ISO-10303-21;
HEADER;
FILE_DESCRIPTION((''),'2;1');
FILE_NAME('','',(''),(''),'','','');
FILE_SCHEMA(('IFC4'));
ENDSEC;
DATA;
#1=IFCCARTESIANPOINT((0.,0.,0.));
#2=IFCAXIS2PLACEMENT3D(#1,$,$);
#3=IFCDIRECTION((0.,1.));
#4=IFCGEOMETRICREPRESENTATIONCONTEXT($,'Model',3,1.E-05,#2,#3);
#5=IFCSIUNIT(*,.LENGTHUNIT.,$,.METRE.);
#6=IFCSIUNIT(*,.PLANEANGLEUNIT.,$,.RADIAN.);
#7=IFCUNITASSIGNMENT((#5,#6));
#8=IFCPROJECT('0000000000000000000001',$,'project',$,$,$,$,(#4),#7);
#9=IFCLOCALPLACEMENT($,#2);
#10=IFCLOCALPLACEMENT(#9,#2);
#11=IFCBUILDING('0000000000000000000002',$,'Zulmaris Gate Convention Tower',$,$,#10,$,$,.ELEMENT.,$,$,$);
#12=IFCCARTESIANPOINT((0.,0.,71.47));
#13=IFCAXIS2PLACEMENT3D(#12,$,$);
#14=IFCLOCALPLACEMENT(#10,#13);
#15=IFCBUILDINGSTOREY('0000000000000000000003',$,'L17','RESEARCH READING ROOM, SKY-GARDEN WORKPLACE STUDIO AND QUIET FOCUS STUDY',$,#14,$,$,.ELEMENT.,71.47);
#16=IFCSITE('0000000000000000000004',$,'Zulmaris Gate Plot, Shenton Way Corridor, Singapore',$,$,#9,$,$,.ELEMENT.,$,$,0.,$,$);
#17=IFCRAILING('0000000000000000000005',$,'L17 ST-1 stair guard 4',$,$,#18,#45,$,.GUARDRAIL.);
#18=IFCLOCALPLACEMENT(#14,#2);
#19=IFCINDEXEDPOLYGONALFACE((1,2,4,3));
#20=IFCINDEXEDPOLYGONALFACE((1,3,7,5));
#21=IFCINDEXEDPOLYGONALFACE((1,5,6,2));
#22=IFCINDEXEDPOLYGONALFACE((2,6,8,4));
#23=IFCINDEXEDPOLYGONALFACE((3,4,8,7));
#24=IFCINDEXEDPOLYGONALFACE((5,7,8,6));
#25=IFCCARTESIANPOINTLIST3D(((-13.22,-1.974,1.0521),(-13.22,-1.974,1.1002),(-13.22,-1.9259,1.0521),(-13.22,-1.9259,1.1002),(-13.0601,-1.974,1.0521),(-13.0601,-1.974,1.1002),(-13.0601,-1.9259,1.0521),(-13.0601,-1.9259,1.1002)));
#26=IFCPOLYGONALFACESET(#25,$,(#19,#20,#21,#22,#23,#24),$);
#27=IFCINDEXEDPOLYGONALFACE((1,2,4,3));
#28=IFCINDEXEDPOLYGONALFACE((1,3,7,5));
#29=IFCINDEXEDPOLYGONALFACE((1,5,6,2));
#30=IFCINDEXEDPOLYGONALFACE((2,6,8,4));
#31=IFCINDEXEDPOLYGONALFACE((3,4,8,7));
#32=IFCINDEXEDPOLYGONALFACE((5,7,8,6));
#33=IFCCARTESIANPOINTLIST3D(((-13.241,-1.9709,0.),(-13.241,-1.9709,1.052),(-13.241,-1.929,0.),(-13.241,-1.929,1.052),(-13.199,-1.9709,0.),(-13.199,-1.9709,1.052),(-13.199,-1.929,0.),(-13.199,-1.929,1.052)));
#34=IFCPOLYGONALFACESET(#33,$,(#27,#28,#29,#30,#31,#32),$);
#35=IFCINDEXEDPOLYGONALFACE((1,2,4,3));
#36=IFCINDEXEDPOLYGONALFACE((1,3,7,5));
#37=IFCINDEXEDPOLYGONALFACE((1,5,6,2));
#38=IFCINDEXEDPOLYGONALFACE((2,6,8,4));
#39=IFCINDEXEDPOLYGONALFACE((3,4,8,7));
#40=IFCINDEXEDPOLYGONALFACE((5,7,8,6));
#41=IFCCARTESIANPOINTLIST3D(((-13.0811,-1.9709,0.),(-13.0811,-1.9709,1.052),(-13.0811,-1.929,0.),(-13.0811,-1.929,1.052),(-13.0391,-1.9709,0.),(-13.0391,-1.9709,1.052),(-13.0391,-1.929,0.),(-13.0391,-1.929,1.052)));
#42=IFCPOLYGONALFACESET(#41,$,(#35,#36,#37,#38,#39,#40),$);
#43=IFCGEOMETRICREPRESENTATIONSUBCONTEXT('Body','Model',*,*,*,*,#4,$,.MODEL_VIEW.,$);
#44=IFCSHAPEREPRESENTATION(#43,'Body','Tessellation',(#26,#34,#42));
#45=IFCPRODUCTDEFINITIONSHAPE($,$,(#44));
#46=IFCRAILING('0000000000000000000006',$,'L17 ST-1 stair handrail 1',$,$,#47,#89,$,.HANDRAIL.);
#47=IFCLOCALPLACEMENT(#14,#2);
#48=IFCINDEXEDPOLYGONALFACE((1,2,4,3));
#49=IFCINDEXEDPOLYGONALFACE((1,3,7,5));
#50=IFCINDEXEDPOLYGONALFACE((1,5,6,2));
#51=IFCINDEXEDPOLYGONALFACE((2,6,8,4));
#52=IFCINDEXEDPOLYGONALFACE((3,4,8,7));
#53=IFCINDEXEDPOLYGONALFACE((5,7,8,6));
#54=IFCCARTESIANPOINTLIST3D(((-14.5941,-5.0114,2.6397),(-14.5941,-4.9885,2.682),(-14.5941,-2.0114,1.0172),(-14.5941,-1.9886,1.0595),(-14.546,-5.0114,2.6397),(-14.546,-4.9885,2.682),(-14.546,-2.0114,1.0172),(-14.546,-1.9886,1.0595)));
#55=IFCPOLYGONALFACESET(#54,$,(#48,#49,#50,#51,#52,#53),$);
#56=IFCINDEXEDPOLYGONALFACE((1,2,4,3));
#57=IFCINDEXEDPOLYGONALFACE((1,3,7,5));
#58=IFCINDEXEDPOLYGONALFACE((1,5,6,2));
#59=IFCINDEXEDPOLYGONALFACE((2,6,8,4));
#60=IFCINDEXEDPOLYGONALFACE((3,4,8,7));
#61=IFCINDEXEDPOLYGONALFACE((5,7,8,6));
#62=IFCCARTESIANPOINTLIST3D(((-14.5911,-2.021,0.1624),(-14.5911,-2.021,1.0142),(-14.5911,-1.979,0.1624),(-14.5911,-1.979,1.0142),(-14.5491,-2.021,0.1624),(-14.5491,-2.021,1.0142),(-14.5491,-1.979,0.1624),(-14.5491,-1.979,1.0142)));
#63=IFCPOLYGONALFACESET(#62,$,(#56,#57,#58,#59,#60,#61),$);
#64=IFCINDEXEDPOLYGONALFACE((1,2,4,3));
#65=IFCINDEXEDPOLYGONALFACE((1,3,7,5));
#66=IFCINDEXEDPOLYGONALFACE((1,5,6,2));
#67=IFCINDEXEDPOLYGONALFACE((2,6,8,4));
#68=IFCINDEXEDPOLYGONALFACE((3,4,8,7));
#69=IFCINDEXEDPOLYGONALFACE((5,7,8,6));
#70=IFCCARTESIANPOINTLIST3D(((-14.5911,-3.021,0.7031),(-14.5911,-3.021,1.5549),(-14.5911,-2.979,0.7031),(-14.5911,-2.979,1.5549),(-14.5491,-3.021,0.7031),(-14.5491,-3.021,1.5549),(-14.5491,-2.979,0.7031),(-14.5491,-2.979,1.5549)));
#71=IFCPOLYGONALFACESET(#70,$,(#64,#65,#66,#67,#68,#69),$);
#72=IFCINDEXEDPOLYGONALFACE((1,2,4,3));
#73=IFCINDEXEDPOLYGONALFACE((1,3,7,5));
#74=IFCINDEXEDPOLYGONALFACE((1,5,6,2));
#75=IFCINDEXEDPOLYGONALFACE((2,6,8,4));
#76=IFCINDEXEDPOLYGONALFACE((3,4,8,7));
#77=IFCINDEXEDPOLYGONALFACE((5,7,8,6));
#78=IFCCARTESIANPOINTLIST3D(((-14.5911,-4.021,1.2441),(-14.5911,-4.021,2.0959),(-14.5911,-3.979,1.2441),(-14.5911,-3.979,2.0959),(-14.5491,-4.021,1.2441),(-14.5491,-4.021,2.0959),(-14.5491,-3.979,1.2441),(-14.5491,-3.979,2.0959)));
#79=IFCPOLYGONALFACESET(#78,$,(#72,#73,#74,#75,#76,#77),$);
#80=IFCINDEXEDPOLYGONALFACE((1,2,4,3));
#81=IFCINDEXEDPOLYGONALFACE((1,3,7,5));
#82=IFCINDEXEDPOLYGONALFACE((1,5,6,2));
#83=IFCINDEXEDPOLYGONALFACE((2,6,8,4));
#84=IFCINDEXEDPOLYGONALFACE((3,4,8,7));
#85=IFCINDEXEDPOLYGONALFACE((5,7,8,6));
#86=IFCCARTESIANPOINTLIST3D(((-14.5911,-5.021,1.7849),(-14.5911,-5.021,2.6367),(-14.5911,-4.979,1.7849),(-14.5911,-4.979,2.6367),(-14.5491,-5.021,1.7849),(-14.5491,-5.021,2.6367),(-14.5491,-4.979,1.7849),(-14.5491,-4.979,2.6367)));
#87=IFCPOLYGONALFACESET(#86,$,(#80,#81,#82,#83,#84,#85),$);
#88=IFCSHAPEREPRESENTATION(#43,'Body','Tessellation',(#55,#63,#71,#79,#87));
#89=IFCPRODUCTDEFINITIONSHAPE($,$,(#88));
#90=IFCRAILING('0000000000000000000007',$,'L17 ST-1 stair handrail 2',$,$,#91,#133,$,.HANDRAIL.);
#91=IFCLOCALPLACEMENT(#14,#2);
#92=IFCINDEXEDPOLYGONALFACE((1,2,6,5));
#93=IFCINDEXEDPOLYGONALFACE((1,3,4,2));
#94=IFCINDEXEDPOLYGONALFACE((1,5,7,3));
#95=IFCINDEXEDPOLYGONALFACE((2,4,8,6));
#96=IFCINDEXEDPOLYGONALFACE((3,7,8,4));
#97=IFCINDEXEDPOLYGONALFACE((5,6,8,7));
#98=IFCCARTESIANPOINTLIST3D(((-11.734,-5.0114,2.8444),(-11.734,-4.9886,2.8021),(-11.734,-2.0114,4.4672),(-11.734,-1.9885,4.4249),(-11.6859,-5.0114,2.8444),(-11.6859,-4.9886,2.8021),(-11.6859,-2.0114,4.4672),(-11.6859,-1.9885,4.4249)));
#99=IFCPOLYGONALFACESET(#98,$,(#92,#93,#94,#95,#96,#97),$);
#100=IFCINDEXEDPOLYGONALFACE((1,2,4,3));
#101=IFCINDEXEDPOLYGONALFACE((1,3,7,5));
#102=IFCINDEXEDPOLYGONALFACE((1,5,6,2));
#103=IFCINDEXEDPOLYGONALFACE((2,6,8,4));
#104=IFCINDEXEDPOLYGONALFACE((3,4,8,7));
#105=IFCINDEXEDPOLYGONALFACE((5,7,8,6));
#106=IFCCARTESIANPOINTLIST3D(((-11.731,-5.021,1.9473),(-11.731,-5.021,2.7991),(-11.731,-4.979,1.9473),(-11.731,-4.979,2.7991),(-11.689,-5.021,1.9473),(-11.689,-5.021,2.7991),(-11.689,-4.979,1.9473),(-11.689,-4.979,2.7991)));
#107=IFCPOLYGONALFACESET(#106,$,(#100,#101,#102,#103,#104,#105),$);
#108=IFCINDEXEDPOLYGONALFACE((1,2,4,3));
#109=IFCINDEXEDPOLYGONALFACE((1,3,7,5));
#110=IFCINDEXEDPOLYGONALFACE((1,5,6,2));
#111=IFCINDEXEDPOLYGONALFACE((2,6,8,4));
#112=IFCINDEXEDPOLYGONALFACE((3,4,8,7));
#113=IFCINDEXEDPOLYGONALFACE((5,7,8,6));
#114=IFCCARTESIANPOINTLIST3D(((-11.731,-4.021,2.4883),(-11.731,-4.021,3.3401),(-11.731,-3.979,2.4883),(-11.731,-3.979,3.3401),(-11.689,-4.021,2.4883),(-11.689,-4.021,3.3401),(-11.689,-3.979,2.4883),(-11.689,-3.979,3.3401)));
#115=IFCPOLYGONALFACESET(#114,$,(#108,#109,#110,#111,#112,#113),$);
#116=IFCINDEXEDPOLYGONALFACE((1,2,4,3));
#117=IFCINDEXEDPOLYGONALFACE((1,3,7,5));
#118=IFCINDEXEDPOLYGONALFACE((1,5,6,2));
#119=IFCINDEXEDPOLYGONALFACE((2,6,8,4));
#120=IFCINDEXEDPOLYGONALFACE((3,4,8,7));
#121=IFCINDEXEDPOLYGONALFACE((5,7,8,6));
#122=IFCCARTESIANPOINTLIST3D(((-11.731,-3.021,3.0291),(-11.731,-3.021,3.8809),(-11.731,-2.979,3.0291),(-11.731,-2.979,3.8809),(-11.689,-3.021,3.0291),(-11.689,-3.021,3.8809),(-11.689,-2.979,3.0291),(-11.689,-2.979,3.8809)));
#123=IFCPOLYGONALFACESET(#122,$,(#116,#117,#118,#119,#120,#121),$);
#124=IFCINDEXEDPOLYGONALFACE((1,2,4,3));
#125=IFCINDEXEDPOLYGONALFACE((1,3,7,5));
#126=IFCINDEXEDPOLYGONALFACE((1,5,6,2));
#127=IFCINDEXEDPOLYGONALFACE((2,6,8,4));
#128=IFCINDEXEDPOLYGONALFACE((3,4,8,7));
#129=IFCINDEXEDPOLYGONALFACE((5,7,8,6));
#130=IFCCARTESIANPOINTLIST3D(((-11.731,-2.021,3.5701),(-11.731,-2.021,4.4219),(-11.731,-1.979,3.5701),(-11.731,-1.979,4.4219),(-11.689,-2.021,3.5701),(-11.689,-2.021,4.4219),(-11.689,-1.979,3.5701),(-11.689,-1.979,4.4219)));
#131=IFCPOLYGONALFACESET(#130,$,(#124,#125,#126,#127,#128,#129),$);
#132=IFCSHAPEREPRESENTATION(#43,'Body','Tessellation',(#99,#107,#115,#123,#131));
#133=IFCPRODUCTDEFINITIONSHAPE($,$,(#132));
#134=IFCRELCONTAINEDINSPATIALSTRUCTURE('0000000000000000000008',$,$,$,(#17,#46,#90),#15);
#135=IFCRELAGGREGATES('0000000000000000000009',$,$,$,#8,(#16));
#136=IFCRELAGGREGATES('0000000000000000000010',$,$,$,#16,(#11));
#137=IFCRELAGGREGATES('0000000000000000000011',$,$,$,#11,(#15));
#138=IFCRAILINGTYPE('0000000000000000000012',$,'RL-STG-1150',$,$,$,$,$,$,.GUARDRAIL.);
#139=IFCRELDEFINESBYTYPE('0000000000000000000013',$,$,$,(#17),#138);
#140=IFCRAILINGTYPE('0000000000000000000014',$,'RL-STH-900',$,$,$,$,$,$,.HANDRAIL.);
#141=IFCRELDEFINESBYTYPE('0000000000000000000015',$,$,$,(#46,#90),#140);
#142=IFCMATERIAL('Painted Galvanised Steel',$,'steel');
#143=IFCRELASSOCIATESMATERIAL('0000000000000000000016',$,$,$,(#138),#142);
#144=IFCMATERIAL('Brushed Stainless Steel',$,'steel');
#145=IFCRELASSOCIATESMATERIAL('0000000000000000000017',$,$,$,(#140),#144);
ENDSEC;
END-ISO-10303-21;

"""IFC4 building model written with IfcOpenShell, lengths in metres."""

from ifc_helpers import new_model, si_unit, direction, frame, origin, origin_2d, place, context, subcontext, project, spatial, rectangle, extrude, material, type_object, element, save


model = new_model("IFC4")

# Units and contexts
model_context = context("Model", 3, precision=1e-05, world=origin(), true_north=direction((0.0, 1.0)))
body_context = subcontext(model_context, "Body", "Model", "MODEL_VIEW")
ifc_project = project(units=[si_unit("LENGTHUNIT", "METRE"), si_unit("PLANEANGLEUNIT", "RADIAN")], contexts=[model_context])

# Site, building, storey
site_placement = place(None, origin())
site = spatial("IfcSite", under=ifc_project, at=site_placement, Name="Zulmaris Gate Plot, Shenton Way Corridor, Singapore", CompositionType="ELEMENT", RefElevation=0.0)
building_placement = place(site_placement, origin())
building = spatial("IfcBuilding", under=site, at=building_placement, Name="Zulmaris Gate Convention Tower", CompositionType="ELEMENT")
storey_placement = place(building_placement, frame((0.0, 0.0, 71.47)))
storey = spatial("IfcBuildingStorey", under=building, at=storey_placement, Name="L17", Description="RESEARCH READING ROOM, SKY-GARDEN WORKPLACE STUDIO AND QUIET FOCUS STUDY", CompositionType="ELEMENT", Elevation=71.47)

# Railings
ifc_material_1 = material(Name="Painted Galvanised Steel", Category="steel")
railing_type_1 = type_object("IfcRailingType", Name="RL-STG-1150", PredefinedType="GUARDRAIL", material=ifc_material_1)
railing_1_placement = place(storey_placement, frame((-13.22, -1.95, 0.0)))
element("IfcRailing", 1, at=railing_1_placement, inside=storey, type_object=railing_type_1, Name="L17 ST-1 stair guard 4", PredefinedType="GUARDRAIL", context=body_context, shape_type="SweptSolid", body=[
    extrude(rectangle(XDim=0.0481, YDim=0.0481, at=origin_2d()), frame((0.0, 0.0, 1.0762), z_axis=(1.0, 0.0, 0.0), x_axis=(0.0, 1.0, 0.0)), (0.0, 0.0, 1.0), 0.1599),
    extrude(rectangle(XDim=0.042, YDim=0.042, at=origin_2d()), origin(), (0.0, 0.0, 1.0), 1.052),
    extrude(rectangle(XDim=0.042, YDim=0.042, at=origin_2d()), frame((0.1599, 0.0, 0.0)), (0.0, 0.0, 1.0), 1.052),
])
ifc_material_2 = material(Name="Brushed Stainless Steel", Category="steel")
railing_type_2 = type_object("IfcRailingType", Name="RL-STH-900", PredefinedType="HANDRAIL", material=ifc_material_2)
railing_2_placement = place(storey_placement, frame((-14.5701, -2.0, 0.1624)))
element("IfcRailing", 2, at=railing_2_placement, inside=storey, type_object=railing_type_2, Name="L17 ST-1 stair handrail 1", PredefinedType="HANDRAIL", context=body_context, shape_type="SweptSolid", body=[
    extrude(rectangle(XDim=0.0481, YDim=0.0481, at=origin_2d()), frame((0.0, 0.0, 0.876), z_axis=(0.0, -0.879592, 0.47573), x_axis=(1.0, 0.0, 0.0)), (0.0, 0.0, 1.0), 3.4106),
    extrude(rectangle(XDim=0.042, YDim=0.042, at=origin_2d()), origin(), (0.0, 0.0, 1.0), 0.8518),
    extrude(rectangle(XDim=0.042, YDim=0.042, at=origin_2d()), frame((0.0, -1.0, 0.5408)), (0.0, 0.0, 1.0), 0.8518),
    extrude(rectangle(XDim=0.042, YDim=0.042, at=origin_2d()), frame((0.0, -2.0, 1.0818)), (0.0, 0.0, 1.0), 0.8518),
    extrude(rectangle(XDim=0.042, YDim=0.042, at=origin_2d()), frame((0.0, -3.0, 1.6226)), (0.0, 0.0, 1.0), 0.8518),
])
railing_3_placement = place(storey_placement, frame((-11.71, -5.0, 1.9473)))
element("IfcRailing", 3, at=railing_3_placement, inside=storey, type_object=railing_type_2, Name="L17 ST-1 stair handrail 2", PredefinedType="HANDRAIL", context=body_context, shape_type="SweptSolid", body=[
    extrude(rectangle(XDim=0.0481, YDim=0.0481, at=origin_2d()), frame((0.0, 0.0, 0.876), z_axis=(0.0, 0.879562, 0.475785), x_axis=(-1.0, 0.0, 0.0)), (0.0, 0.0, 1.0), 3.4109),
    extrude(rectangle(XDim=0.042, YDim=0.042, at=origin_2d()), origin(), (0.0, 0.0, 1.0), 0.8518),
    extrude(rectangle(XDim=0.042, YDim=0.042, at=origin_2d()), frame((0.0, 1.0, 0.541)), (0.0, 0.0, 1.0), 0.8518),
    extrude(rectangle(XDim=0.042, YDim=0.042, at=origin_2d()), frame((0.0, 2.0, 1.0818)), (0.0, 0.0, 1.0), 0.8518),
    extrude(rectangle(XDim=0.042, YDim=0.042, at=origin_2d()), frame((0.0, 3.0, 1.6228)), (0.0, 0.0, 1.0), 0.8518),
])

save(model, "model.ifc")
